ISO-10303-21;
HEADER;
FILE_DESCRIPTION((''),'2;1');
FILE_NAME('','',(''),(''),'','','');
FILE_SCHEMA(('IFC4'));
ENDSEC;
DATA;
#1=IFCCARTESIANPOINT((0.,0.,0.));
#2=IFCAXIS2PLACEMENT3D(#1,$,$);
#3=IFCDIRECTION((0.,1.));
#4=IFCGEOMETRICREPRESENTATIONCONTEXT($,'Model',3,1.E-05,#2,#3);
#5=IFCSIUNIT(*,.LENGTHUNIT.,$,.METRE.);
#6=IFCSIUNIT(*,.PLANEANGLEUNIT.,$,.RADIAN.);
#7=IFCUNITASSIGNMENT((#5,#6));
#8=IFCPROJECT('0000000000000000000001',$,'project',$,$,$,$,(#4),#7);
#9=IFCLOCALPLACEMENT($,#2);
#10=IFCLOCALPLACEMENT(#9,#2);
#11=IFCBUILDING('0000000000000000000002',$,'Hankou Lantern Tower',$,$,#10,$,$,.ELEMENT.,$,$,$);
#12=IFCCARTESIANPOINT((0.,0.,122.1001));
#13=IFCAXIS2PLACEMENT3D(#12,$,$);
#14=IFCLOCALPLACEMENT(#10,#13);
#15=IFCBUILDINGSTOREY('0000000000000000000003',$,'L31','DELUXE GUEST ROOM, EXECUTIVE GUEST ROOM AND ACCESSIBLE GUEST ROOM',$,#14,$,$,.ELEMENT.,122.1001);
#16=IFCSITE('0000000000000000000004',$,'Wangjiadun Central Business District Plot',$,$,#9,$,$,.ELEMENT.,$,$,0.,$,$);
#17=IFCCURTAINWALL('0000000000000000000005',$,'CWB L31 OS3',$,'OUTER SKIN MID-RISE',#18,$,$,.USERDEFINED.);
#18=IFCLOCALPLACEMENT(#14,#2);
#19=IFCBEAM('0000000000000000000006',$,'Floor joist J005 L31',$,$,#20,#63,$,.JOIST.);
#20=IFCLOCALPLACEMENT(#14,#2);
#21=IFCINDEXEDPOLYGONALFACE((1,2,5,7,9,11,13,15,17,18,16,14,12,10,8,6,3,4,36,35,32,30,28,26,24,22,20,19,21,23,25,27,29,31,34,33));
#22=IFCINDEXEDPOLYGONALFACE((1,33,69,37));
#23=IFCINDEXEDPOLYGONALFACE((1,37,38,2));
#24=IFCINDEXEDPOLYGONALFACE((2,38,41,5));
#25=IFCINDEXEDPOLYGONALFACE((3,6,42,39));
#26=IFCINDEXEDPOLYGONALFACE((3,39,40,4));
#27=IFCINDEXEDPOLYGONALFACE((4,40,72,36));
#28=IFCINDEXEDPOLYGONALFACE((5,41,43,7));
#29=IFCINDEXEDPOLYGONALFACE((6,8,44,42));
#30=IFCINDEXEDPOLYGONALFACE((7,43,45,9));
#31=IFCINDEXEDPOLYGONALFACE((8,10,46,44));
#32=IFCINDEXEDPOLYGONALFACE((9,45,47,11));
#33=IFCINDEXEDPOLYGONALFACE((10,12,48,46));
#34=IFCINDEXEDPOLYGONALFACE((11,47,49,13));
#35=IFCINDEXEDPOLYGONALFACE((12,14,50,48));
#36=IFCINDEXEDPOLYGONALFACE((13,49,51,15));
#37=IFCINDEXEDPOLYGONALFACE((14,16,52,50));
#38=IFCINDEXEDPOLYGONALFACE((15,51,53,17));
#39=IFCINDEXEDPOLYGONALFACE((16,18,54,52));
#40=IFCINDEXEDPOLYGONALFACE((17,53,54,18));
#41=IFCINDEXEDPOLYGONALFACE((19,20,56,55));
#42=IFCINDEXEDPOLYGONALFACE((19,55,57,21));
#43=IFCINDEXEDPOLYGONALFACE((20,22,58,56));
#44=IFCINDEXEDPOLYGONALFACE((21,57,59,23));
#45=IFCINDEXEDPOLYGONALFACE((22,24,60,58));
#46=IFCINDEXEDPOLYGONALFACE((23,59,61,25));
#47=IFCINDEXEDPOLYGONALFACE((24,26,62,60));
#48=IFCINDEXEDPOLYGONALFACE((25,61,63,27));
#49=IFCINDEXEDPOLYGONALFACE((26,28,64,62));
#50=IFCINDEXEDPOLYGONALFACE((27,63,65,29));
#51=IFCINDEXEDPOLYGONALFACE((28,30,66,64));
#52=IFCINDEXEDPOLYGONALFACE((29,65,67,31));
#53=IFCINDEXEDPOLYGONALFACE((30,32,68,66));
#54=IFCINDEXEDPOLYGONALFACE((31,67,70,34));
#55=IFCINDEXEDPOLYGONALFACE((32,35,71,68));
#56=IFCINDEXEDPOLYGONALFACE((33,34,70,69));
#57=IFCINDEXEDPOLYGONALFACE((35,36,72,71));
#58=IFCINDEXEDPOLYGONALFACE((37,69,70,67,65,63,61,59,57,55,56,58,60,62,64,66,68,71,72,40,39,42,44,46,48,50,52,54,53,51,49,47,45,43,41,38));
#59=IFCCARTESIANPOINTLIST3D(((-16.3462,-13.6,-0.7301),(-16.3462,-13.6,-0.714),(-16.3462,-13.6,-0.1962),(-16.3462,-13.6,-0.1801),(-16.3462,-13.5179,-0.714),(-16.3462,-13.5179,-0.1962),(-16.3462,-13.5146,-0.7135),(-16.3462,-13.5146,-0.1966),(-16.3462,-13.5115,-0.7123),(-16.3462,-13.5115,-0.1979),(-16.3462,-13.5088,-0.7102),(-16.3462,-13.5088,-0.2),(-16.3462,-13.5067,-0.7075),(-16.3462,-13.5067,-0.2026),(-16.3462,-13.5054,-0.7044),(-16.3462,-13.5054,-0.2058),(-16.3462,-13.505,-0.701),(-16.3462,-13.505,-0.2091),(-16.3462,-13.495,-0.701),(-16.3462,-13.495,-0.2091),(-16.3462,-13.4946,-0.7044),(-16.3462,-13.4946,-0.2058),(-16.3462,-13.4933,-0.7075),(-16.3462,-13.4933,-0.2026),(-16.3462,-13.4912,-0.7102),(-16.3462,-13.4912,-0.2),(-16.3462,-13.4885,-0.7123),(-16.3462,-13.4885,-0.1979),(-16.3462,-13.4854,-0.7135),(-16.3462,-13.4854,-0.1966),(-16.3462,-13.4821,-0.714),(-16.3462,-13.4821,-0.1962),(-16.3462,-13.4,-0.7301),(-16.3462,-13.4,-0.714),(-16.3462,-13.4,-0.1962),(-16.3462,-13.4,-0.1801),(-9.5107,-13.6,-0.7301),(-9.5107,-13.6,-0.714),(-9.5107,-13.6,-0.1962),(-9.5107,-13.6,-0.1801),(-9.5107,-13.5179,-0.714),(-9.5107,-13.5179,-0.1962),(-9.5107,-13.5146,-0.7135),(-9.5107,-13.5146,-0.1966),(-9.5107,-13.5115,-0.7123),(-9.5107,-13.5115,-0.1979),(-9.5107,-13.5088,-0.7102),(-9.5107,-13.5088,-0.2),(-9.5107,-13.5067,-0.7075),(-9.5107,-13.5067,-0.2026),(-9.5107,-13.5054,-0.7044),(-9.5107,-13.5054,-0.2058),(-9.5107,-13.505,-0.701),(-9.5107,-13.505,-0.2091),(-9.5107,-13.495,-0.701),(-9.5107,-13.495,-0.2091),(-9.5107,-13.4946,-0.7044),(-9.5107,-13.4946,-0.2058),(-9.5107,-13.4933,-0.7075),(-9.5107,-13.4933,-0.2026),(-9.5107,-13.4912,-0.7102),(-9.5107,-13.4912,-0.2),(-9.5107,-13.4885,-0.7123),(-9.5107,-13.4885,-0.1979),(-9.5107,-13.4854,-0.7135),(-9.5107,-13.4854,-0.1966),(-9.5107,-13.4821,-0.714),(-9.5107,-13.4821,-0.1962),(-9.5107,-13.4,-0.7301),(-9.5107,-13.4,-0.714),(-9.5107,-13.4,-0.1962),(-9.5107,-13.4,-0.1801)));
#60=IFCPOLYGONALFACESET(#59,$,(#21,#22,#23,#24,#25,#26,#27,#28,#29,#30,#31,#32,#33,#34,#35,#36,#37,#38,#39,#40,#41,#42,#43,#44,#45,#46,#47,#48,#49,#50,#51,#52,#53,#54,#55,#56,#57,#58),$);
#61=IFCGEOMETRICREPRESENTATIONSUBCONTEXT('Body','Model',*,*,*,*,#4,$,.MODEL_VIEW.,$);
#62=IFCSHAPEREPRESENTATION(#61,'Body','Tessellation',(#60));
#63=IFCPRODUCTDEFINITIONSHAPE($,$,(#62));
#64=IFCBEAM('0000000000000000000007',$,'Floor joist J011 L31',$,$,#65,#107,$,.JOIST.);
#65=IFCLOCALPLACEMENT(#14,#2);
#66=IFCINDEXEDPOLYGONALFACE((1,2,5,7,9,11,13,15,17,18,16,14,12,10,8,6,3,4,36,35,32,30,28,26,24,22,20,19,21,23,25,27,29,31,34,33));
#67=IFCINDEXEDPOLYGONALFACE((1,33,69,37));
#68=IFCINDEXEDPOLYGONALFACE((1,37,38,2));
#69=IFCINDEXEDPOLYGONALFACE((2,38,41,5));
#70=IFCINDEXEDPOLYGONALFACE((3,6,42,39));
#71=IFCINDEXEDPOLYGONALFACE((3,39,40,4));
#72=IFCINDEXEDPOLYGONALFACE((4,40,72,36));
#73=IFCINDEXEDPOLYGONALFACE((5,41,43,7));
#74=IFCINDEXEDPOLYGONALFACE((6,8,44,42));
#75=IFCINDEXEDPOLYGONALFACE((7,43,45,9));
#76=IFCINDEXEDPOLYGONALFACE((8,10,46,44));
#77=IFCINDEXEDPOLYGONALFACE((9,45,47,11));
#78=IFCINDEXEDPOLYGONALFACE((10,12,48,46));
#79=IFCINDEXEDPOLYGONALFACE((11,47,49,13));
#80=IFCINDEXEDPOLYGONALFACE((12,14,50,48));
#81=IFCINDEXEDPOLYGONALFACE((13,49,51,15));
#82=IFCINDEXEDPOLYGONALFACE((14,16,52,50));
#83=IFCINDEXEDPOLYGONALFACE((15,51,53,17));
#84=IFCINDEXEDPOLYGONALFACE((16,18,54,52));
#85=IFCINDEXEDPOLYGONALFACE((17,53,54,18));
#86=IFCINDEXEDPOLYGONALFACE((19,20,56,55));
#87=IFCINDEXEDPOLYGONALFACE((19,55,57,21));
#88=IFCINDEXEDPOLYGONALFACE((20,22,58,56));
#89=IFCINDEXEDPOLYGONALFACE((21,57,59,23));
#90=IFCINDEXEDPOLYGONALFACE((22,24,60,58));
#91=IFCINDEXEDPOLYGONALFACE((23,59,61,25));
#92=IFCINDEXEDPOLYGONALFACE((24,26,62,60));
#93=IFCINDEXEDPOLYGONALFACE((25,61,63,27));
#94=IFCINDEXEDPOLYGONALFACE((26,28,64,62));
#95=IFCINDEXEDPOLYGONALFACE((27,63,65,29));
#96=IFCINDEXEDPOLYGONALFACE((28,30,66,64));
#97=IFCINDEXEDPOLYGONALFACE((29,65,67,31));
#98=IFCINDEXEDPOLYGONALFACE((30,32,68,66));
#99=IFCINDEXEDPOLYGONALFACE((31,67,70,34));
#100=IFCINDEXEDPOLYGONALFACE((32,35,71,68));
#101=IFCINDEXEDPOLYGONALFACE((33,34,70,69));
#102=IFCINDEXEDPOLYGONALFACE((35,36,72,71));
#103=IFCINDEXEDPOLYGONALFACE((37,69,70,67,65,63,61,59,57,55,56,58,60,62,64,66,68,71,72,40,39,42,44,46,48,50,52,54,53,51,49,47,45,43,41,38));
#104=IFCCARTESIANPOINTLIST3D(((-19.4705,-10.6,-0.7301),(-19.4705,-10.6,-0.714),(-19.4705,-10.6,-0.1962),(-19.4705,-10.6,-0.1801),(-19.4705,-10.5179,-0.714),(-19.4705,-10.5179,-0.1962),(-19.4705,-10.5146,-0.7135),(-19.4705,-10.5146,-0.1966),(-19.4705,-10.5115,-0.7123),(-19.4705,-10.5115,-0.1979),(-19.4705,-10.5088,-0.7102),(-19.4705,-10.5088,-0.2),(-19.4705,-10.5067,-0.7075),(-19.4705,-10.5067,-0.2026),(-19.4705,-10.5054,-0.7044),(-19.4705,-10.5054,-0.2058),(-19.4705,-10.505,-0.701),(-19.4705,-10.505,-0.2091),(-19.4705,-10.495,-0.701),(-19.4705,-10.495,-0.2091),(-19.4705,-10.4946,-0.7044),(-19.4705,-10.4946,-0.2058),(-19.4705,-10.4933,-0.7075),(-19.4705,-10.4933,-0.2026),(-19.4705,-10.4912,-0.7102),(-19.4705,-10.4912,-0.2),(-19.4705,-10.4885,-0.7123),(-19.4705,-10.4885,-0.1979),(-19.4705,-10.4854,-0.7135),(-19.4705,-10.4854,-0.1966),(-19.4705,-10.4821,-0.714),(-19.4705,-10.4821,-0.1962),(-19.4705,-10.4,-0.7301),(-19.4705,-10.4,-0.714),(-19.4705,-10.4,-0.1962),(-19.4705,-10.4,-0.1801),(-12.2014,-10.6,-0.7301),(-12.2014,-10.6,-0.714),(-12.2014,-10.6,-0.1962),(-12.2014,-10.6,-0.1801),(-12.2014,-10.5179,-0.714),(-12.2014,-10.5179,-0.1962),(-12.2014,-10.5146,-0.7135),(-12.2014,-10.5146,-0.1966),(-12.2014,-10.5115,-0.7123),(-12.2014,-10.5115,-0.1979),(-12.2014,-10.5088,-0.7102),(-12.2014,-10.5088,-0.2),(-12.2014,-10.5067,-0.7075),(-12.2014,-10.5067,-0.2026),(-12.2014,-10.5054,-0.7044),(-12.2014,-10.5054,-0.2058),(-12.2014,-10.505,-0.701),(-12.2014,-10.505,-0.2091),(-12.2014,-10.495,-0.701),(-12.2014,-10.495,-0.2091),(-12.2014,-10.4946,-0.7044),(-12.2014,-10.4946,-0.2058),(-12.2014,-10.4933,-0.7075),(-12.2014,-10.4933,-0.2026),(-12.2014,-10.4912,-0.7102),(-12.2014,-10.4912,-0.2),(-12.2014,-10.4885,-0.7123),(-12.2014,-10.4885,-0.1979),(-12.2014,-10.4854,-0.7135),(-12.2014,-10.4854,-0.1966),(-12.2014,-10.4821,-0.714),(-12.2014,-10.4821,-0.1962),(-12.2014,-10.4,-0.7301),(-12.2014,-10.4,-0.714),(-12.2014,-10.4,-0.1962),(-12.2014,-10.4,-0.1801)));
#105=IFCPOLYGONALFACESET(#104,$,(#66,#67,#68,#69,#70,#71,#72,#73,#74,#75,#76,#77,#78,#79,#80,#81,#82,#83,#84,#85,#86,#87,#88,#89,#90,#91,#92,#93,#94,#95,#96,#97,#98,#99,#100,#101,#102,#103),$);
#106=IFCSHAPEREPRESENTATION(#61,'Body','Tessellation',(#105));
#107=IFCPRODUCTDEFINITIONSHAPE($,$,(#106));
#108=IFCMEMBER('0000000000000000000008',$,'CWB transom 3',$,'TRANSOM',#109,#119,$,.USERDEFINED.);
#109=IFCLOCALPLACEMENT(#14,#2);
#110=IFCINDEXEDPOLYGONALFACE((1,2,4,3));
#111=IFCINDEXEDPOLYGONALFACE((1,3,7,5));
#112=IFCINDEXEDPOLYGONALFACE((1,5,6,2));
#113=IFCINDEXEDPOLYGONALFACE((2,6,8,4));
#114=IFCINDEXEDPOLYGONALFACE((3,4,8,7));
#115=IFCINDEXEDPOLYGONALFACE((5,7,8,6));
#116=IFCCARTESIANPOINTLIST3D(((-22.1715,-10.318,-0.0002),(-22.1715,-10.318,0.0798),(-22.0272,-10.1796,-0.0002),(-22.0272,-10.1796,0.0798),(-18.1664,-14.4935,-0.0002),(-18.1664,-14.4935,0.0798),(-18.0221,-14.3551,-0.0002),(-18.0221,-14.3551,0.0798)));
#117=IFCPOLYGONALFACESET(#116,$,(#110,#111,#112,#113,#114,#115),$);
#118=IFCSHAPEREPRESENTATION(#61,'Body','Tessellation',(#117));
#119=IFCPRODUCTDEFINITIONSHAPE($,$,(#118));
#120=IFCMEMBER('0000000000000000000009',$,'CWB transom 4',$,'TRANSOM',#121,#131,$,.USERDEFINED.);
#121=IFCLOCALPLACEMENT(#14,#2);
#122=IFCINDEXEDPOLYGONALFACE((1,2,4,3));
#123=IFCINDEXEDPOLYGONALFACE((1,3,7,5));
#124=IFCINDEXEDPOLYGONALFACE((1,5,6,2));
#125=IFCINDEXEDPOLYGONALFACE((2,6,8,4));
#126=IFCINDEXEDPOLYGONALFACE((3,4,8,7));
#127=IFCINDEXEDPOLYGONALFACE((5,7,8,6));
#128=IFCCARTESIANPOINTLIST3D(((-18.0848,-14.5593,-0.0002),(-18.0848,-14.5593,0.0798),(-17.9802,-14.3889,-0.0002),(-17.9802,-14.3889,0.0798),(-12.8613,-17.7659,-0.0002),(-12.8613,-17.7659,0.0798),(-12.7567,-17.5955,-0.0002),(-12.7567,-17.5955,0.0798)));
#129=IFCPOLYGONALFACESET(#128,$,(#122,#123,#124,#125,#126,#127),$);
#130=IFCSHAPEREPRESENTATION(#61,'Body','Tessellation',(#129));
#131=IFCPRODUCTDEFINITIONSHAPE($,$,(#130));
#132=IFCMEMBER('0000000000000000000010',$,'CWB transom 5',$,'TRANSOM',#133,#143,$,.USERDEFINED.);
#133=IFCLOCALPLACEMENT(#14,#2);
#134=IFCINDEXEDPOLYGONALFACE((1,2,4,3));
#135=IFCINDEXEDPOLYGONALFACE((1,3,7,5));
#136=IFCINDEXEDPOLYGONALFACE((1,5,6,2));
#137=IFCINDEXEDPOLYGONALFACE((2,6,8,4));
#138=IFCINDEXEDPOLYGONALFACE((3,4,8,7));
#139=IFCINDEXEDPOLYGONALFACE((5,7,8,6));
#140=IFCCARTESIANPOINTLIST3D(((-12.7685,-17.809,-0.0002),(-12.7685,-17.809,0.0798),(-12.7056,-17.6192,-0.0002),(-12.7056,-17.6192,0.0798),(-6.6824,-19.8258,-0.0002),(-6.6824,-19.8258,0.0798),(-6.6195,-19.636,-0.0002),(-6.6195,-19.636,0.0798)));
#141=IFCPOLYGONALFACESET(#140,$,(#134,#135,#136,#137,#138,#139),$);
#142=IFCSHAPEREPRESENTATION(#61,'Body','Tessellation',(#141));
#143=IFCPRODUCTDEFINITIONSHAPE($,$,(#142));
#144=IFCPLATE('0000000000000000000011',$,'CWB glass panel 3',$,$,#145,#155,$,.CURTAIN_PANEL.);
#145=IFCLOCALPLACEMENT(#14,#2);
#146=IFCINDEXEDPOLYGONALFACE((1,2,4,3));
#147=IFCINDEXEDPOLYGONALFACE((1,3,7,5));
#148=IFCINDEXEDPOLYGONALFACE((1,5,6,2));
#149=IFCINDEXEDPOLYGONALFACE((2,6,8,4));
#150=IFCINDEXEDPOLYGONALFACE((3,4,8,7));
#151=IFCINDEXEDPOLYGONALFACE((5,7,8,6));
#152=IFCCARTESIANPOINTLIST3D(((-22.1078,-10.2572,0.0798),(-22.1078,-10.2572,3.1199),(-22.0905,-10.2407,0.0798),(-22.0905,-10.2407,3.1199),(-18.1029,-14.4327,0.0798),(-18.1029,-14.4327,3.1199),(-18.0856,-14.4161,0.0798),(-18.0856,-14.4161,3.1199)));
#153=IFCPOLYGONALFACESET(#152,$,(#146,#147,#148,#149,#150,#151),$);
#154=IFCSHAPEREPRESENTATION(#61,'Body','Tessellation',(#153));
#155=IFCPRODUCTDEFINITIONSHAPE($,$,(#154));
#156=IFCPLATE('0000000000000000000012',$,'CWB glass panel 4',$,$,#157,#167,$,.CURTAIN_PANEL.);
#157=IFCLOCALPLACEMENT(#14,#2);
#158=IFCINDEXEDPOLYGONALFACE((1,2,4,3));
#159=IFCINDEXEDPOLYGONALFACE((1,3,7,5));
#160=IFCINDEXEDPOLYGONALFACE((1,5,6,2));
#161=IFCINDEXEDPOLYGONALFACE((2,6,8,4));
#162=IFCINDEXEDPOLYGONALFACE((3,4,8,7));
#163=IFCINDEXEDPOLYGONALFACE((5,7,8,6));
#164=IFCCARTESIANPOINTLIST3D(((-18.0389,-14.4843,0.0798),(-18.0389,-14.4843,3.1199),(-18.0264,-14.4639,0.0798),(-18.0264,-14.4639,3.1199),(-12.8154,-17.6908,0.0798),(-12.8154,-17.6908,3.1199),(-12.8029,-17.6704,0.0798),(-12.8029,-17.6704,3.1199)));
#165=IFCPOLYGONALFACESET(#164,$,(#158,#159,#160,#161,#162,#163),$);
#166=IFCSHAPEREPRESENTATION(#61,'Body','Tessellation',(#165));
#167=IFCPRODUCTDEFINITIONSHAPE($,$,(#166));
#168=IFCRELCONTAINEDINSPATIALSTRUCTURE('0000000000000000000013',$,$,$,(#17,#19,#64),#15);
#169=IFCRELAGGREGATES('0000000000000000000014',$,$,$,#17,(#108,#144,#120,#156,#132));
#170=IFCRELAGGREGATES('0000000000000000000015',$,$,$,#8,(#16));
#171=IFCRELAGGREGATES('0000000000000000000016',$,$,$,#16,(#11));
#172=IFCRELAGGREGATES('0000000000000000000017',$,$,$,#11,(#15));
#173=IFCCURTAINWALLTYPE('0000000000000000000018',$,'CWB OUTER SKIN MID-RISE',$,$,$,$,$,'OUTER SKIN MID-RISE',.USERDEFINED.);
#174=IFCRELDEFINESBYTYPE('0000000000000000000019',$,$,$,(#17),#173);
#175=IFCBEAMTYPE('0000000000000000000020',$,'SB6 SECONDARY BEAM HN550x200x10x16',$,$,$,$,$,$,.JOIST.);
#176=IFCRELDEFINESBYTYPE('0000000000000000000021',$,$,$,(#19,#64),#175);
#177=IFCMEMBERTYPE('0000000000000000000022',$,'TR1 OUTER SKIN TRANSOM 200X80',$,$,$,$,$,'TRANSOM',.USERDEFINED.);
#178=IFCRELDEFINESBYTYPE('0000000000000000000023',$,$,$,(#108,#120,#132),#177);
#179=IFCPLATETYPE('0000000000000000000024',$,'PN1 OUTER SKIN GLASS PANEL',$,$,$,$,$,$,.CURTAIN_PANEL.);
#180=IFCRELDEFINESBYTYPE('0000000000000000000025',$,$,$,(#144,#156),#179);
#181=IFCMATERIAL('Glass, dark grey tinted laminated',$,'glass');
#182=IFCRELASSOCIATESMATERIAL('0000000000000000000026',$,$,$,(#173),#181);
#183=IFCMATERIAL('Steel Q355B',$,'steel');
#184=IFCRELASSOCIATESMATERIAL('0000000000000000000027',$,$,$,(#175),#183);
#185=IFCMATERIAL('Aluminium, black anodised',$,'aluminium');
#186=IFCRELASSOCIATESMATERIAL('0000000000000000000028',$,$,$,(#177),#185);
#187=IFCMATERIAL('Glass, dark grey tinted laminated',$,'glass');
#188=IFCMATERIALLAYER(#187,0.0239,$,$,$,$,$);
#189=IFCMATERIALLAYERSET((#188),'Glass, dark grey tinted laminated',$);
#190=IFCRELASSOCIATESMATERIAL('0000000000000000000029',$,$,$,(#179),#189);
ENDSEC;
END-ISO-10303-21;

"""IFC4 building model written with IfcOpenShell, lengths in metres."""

from ifc_helpers import new_model, si_unit, direction, frame, origin, origin_2d, place, context, subcontext, project, spatial, rectangle, i_section, extrude, material, layer, layer_set, material_profile, profile_set, type_object, element, aggregate, save


model = new_model("IFC4")

# Units and contexts
model_context = context("Model", 3, precision=1e-05, world=origin(), true_north=direction((0.0, 1.0)))
body_context = subcontext(model_context, "Body", "Model", "MODEL_VIEW")
ifc_project = project(units=[si_unit("LENGTHUNIT", "METRE"), si_unit("PLANEANGLEUNIT", "RADIAN")], contexts=[model_context])

# Site, building, storey
site_placement = place(None, origin())
site = spatial("IfcSite", under=ifc_project, at=site_placement, Name="Wangjiadun Central Business District Plot", CompositionType="ELEMENT", RefElevation=0.0)
building_placement = place(site_placement, origin())
building = spatial("IfcBuilding", under=site, at=building_placement, Name="Hankou Lantern Tower", CompositionType="ELEMENT")
storey_placement = place(building_placement, frame((0.0, 0.0, 122.1001)))
storey = spatial("IfcBuildingStorey", under=building, at=storey_placement, Name="L31", Description="DELUXE GUEST ROOM, EXECUTIVE GUEST ROOM AND ACCESSIBLE GUEST ROOM", CompositionType="ELEMENT", Elevation=122.1001)

# Curtain wall
ifc_material_1 = material(Name="Glass, dark grey tinted laminated", Category="glass")
curtain_wall_type = type_object("IfcCurtainWallType", Name="CWB OUTER SKIN MID-RISE", ElementType="OUTER SKIN MID-RISE", PredefinedType="USERDEFINED", material=ifc_material_1)
curtain_wall_placement = place(storey_placement, origin())
curtain_wall = element("IfcCurtainWall", 1, at=curtain_wall_placement, inside=storey, type_object=curtain_wall_type, Name="CWB L31 OS3", ObjectType="OUTER SKIN MID-RISE", PredefinedType="USERDEFINED")

# Beams
ifc_material_2 = material(Name="Steel Q355B", Category="steel")
ifc_material_profile_1 = material_profile(ifc_material_2, i_section(OverallWidth=0.2, OverallDepth=0.55, WebThickness=0.01, FlangeThickness=0.0161, FilletRadius=0.0129, at=origin_2d()), Name="HN550x200x10x16")
ifc_profile_set_1 = profile_set([ifc_material_profile_1], Name="Steel Q355B")
beam_type_1 = type_object("IfcBeamType", Name="SB6 SECONDARY BEAM HN550x200x10x16", PredefinedType="JOIST", material=ifc_profile_set_1)
beam_1_placement = place(storey_placement, frame((-16.3462, -13.5, -0.4551), z_axis=(1.0, 0.0, 0.0), x_axis=(0.0, 1.0, 0.0)))
element("IfcBeam", 2, at=beam_1_placement, inside=storey, type_object=beam_type_1, Name="Floor joist J005 L31", PredefinedType="JOIST", context=body_context, shape_type="SweptSolid", body=[
    extrude(i_section(OverallWidth=0.2, OverallDepth=0.55, WebThickness=0.01, FlangeThickness=0.0161, FilletRadius=0.0129, at=origin_2d()), origin(), (0.0, 0.0, 1.0), 6.8354),
])
beam_2_placement = place(storey_placement, frame((-19.4705, -10.5, -0.4551), z_axis=(1.0, 0.0, 0.0), x_axis=(0.0, 1.0, 0.0)))
element("IfcBeam", 3, at=beam_2_placement, inside=storey, type_object=beam_type_1, Name="Floor joist J011 L31", PredefinedType="JOIST", context=body_context, shape_type="SweptSolid", body=[
    extrude(i_section(OverallWidth=0.2, OverallDepth=0.55, WebThickness=0.01, FlangeThickness=0.0161, FilletRadius=0.0129, at=origin_2d()), origin(), (0.0, 0.0, 1.0), 7.269),
])

# Members
ifc_material_3 = material(Name="Aluminium, black anodised", Category="aluminium")
ifc_material_profile_2 = material_profile(ifc_material_3, rectangle(XDim=0.2, YDim=0.0801, at=origin_2d()), Name="TR1 200X80")
ifc_profile_set_2 = profile_set([ifc_material_profile_2], Name="Aluminium, black anodised")
member_type_1 = type_object("IfcMemberType", Name="TR1 OUTER SKIN TRANSOM 200X80", ElementType="TRANSOM", PredefinedType="USERDEFINED", material=ifc_profile_set_2)
member_1_placement = place(storey_placement, frame((-22.0994, -10.2488, 0.0398), z_axis=(0.692227, -0.72168, 0.0), x_axis=(0.72168, 0.692227, 0.0)))
member_1 = element("IfcMember", 4, at=member_1_placement, type_object=member_type_1, Name="CWB transom 3", ObjectType="TRANSOM", PredefinedType="USERDEFINED", context=body_context, shape_type="SweptSolid", body=[
    extrude(rectangle(XDim=0.2, YDim=0.0801, at=origin_2d()), origin(), (0.0, 0.0, 1.0), 5.7859),
])
member_2_placement = place(storey_placement, frame((-18.0325, -14.4741, 0.0398), z_axis=(0.852229, -0.523168, 0.0), x_axis=(0.523168, 0.852229, 0.0)))
member_2 = element("IfcMember", 5, at=member_2_placement, type_object=member_type_1, Name="CWB transom 4", ObjectType="TRANSOM", PredefinedType="USERDEFINED", context=body_context, shape_type="SweptSolid", body=[
    extrude(rectangle(XDim=0.2, YDim=0.0801, at=origin_2d()), origin(), (0.0, 0.0, 1.0), 6.1292),
])
member_3_placement = place(storey_placement, frame((-12.7371, -17.7141, 0.0398), z_axis=(0.949238, -0.314559, 0.0), x_axis=(0.314559, 0.949238, 0.0)))
member_3 = element("IfcMember", 6, at=member_3_placement, type_object=member_type_1, Name="CWB transom 5", ObjectType="TRANSOM", PredefinedType="USERDEFINED", context=body_context, shape_type="SweptSolid", body=[
    extrude(rectangle(XDim=0.2, YDim=0.0801, at=origin_2d()), origin(), (0.0, 0.0, 1.0), 6.4116),
])

# Plates
ifc_material_4 = material(Name="Glass, dark grey tinted laminated", Category="glass")
ifc_layer_1 = layer(ifc_material_4, 0.0239)
ifc_layer_set_1 = layer_set([ifc_layer_1], Name="Glass, dark grey tinted laminated")
plate_type = type_object("IfcPlateType", Name="PN1 OUTER SKIN GLASS PANEL", PredefinedType="CURTAIN_PANEL", material=ifc_layer_set_1)
plate_1_placement = place(storey_placement, frame((-20.0967, -12.3367, 0.0798), z_axis=(0.0, 0.0, 1.0), x_axis=(0.692216, -0.721691, 0.0)))
plate_1 = element("IfcPlate", 7, at=plate_1_placement, type_object=plate_type, Name="CWB glass panel 3", PredefinedType="CURTAIN_PANEL", context=body_context, shape_type="SweptSolid", body=[
    extrude(rectangle(XDim=5.7856, YDim=0.0239, at=origin_2d()), origin(), (0.0, 0.0, 1.0), 3.04),
])
plate_2_placement = place(storey_placement, frame((-15.4209, -16.0774, 0.0798), z_axis=(0.0, 0.0, 1.0), x_axis=(0.852237, -0.523156, 0.0)))
plate_2 = element("IfcPlate", 8, at=plate_2_placement, type_object=plate_type, Name="CWB glass panel 4", PredefinedType="CURTAIN_PANEL", context=body_context, shape_type="SweptSolid", body=[
    extrude(rectangle(XDim=6.1292, YDim=0.0239, at=origin_2d()), origin(), (0.0, 0.0, 1.0), 3.04),
])
aggregate(curtain_wall, [member_1, plate_1, member_2, plate_2, member_3])

save(model, "model.ifc")
